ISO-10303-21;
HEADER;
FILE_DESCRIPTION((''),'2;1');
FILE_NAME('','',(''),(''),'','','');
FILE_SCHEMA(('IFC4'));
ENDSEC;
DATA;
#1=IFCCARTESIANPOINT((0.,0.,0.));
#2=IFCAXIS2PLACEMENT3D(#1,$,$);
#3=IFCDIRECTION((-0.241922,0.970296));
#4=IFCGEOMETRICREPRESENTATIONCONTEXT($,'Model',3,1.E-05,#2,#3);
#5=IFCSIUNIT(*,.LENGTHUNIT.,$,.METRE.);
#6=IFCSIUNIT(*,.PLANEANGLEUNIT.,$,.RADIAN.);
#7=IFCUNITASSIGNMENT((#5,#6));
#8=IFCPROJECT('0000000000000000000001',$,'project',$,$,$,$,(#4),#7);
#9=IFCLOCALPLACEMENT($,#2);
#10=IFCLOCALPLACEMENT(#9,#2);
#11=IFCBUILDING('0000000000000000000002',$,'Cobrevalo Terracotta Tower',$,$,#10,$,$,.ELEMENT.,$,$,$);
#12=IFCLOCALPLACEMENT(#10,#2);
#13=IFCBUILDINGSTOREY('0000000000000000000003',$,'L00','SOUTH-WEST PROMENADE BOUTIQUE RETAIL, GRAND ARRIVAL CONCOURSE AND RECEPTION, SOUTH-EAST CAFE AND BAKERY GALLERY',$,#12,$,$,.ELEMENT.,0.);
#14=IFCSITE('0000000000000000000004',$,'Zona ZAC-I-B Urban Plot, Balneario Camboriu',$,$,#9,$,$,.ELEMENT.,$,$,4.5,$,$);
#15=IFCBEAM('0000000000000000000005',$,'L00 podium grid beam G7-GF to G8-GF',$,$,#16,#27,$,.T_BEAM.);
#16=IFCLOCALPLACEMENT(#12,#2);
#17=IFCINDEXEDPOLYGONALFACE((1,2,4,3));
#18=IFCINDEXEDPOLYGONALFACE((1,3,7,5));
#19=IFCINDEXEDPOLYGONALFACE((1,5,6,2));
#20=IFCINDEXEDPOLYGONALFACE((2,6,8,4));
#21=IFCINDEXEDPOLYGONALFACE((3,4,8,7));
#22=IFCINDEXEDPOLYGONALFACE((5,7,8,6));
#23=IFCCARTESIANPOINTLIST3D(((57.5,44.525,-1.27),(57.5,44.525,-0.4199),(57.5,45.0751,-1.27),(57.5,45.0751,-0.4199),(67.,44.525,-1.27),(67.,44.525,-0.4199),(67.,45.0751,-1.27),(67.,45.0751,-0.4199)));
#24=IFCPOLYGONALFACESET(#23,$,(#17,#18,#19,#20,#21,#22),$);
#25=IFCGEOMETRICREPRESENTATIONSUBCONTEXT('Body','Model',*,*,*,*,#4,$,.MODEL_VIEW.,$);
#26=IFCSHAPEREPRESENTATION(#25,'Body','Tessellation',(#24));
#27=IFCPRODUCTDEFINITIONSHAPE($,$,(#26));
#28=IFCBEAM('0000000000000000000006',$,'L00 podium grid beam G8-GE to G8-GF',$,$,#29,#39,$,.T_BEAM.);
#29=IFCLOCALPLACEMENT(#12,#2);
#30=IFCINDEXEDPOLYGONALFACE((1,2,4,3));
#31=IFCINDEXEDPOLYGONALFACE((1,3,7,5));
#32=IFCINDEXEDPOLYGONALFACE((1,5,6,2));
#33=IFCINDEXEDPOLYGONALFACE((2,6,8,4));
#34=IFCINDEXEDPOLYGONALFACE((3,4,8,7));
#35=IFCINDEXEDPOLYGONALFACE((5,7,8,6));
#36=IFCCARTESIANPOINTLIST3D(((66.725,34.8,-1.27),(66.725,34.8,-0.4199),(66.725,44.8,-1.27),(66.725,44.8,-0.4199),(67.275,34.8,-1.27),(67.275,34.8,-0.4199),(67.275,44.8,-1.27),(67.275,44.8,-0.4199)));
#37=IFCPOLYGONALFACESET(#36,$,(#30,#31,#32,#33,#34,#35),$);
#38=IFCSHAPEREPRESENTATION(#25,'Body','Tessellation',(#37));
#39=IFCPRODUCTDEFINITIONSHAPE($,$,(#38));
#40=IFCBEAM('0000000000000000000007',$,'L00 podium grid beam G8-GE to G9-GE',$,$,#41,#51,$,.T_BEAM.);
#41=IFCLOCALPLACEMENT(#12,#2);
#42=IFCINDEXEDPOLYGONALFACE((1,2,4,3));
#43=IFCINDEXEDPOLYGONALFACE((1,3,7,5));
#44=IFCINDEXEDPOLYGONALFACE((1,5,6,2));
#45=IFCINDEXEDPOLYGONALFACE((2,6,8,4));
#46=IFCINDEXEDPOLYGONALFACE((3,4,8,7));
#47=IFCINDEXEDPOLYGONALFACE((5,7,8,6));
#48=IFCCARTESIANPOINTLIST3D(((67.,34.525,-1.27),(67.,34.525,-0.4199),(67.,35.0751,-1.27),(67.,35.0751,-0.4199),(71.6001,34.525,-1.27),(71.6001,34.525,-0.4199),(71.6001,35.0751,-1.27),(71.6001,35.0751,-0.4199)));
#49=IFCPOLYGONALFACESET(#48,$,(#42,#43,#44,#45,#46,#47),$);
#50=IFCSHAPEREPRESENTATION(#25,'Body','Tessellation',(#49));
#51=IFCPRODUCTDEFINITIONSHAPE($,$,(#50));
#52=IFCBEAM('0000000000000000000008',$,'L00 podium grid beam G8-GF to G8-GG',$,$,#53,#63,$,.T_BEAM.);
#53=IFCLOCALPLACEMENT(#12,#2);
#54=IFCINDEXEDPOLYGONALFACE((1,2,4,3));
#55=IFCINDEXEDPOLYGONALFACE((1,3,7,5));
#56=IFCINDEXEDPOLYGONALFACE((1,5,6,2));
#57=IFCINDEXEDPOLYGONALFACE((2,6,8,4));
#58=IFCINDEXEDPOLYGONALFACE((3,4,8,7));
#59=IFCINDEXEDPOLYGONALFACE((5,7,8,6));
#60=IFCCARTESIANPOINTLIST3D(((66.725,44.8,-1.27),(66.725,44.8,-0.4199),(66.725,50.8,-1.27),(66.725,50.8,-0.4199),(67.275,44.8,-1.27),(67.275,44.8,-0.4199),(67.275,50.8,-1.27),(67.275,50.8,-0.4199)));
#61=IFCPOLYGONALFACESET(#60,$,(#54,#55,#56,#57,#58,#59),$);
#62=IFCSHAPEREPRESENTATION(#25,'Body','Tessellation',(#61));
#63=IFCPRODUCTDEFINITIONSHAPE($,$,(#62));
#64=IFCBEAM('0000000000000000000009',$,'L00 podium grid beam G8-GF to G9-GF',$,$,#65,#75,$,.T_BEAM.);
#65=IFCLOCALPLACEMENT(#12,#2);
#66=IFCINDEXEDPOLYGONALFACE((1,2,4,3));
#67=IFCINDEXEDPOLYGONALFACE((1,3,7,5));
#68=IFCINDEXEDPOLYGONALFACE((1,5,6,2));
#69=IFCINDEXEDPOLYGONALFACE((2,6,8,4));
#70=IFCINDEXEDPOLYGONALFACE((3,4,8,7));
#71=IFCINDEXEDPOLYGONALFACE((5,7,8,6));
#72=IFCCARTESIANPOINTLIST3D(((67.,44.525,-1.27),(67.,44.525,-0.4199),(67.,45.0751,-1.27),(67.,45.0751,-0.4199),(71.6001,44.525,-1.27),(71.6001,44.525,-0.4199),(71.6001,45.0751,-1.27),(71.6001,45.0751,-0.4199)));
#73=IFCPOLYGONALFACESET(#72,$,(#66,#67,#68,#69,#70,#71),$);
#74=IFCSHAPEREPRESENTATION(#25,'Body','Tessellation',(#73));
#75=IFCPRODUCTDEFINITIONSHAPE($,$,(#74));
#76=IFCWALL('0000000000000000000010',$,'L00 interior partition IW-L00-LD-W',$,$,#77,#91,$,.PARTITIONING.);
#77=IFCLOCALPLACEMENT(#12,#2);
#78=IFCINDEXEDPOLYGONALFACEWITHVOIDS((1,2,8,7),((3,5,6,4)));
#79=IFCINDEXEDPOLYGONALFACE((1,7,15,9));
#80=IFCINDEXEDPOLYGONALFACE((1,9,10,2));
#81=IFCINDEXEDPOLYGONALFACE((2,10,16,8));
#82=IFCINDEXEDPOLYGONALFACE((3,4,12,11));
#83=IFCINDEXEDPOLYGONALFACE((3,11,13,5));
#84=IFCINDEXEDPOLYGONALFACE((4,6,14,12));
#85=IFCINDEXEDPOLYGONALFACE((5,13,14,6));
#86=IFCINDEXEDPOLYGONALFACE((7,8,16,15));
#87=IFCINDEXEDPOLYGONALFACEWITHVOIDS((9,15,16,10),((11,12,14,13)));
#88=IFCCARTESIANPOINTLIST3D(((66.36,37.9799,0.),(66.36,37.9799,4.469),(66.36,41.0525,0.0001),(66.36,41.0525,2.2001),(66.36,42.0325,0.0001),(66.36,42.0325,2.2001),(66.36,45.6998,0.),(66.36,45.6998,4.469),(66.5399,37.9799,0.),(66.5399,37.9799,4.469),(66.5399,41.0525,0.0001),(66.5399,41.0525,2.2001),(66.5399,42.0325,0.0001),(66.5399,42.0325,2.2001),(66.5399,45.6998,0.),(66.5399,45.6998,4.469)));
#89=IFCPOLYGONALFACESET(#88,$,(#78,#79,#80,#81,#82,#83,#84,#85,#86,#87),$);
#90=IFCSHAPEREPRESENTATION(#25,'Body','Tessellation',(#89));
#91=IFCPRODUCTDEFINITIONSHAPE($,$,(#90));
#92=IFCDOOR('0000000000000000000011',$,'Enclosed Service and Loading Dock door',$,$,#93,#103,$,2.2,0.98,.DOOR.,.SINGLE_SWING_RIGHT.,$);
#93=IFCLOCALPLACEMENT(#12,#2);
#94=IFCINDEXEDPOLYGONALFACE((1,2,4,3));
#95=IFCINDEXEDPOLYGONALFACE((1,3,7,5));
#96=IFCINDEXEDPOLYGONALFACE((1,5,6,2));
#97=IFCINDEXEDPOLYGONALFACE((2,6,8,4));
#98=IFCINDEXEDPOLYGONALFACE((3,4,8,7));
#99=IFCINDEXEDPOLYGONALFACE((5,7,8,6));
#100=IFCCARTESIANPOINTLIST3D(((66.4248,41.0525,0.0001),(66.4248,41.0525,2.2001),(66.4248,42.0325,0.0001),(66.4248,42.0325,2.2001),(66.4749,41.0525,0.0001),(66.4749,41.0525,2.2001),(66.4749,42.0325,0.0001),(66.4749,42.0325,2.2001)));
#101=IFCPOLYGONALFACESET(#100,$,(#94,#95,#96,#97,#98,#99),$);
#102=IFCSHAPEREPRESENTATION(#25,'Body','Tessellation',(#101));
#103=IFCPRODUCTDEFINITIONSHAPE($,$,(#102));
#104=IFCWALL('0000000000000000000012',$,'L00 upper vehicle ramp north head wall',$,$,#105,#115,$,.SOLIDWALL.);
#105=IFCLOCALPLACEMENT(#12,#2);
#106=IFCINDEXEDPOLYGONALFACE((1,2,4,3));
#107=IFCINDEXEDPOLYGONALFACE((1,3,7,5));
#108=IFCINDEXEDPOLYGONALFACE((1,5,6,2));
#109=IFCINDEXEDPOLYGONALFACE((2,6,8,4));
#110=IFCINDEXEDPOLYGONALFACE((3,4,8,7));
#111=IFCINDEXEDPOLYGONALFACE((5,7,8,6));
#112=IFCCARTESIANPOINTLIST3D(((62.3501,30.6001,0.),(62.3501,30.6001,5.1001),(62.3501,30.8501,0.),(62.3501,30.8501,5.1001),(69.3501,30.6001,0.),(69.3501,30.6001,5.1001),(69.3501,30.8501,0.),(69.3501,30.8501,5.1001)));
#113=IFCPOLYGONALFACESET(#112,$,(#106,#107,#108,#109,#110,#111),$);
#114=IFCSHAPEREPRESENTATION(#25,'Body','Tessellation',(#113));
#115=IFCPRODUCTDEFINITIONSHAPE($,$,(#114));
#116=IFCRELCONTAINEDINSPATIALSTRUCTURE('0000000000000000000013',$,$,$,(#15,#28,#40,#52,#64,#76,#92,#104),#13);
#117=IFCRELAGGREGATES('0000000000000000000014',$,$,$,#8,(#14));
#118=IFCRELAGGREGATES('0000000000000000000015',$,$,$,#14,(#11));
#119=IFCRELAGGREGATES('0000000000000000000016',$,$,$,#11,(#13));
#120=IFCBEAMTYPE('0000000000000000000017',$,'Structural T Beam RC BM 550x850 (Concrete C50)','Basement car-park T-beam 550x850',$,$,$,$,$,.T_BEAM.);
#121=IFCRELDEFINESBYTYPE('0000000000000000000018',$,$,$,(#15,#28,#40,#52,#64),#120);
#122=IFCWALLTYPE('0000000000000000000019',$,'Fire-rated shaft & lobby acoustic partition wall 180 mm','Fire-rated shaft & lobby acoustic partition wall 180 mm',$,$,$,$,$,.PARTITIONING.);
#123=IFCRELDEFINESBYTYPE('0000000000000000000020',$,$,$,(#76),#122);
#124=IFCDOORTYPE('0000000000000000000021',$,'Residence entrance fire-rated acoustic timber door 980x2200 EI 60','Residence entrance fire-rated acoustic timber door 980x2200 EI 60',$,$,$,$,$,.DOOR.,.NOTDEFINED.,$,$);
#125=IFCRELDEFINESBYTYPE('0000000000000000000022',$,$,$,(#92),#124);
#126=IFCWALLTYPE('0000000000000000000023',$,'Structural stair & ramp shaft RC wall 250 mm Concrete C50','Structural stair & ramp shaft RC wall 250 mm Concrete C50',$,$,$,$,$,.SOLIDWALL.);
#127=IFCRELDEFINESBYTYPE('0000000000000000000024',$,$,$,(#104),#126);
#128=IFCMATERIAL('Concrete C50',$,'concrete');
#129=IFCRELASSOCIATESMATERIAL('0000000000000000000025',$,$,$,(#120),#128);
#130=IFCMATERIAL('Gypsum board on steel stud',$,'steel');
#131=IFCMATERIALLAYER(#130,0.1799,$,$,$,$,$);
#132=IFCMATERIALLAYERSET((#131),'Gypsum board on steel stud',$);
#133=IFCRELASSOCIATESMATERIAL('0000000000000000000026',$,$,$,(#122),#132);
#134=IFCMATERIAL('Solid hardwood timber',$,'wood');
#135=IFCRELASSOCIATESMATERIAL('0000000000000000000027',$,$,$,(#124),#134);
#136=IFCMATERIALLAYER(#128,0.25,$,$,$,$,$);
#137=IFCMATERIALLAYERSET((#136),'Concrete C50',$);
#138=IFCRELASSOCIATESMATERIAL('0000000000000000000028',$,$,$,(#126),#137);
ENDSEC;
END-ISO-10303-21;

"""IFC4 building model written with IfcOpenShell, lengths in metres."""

from ifc_helpers import new_model, si_unit, direction, frame, frame_2d, origin, origin_2d, place, context, subcontext, project, spatial, rectangle, extrude, source, transform, mapped, material, layer, layer_set, material_profile, profile_set, type_object, element, fill, save


model = new_model("IFC4")

# Units and contexts
model_context = context("Model", 3, precision=1e-05, world=origin(), true_north=direction((-0.241922, 0.970296)))
body_context = subcontext(model_context, "Body", "Model", "MODEL_VIEW")
ifc_project = project(units=[si_unit("LENGTHUNIT", "METRE"), si_unit("PLANEANGLEUNIT", "RADIAN")], contexts=[model_context])

# Site, building, storey
site_placement = place(None, origin())
site = spatial("IfcSite", under=ifc_project, at=site_placement, Name="Zona ZAC-I-B Urban Plot, Balneario Camboriu", CompositionType="ELEMENT", RefElevation=4.5)
building_placement = place(site_placement, origin())
building = spatial("IfcBuilding", under=site, at=building_placement, Name="Cobrevalo Terracotta Tower", CompositionType="ELEMENT")
storey_placement = place(building_placement, origin())
storey = spatial("IfcBuildingStorey", under=building, at=storey_placement, Name="L00", Description="SOUTH-WEST PROMENADE BOUTIQUE RETAIL, GRAND ARRIVAL CONCOURSE AND RECEPTION, SOUTH-EAST CAFE AND BAKERY GALLERY", CompositionType="ELEMENT", Elevation=0.0)

# Shared definitions
ifc_material_1 = material(Name="Concrete C50", Category="concrete")

# Beams
ifc_material_profile_1 = material_profile(ifc_material_1, rectangle(XDim=0.55, YDim=0.8501, at=origin_2d()), Name="RC BM 550x850")
ifc_profile_set_1 = profile_set([ifc_material_profile_1], Name="Concrete C50")
beam_type_1 = type_object("IfcBeamType", Name="Structural T Beam RC BM 550x850 (Concrete C50)", Description="Basement car-park T-beam 550x850", PredefinedType="T_BEAM", material=ifc_profile_set_1)
beam_1_placement = place(storey_placement, frame((57.5, 44.8, -0.845), z_axis=(1.0, 0.0, 0.0), x_axis=(0.0, 1.0, 0.0)))
element("IfcBeam", 1, at=beam_1_placement, inside=storey, type_object=beam_type_1, Name="L00 podium grid beam G7-GF to G8-GF", PredefinedType="T_BEAM", context=body_context, shape_type="SweptSolid", body=[
    extrude(rectangle(XDim=0.55, YDim=0.8501, at=origin_2d()), origin(), (0.0, 0.0, 1.0), 9.5),
])
beam_2_placement = place(storey_placement, frame((67.0, 34.8, -0.845), z_axis=(0.0, 1.0, 0.0), x_axis=(-1.0, 0.0, 0.0)))
element("IfcBeam", 2, at=beam_2_placement, inside=storey, type_object=beam_type_1, Name="L00 podium grid beam G8-GE to G8-GF", PredefinedType="T_BEAM", context=body_context, shape_type="SweptSolid", body=[
    extrude(rectangle(XDim=0.55, YDim=0.8501, at=origin_2d()), origin(), (0.0, 0.0, 1.0), 10.0),
])
beam_3_placement = place(storey_placement, frame((67.0, 34.8, -0.845), z_axis=(1.0, 0.0, 0.0), x_axis=(0.0, 1.0, 0.0)))
element("IfcBeam", 3, at=beam_3_placement, inside=storey, type_object=beam_type_1, Name="L00 podium grid beam G8-GE to G9-GE", PredefinedType="T_BEAM", context=body_context, shape_type="SweptSolid", body=[
    extrude(rectangle(XDim=0.55, YDim=0.8501, at=origin_2d()), origin(), (0.0, 0.0, 1.0), 4.6001),
])
beam_4_placement = place(storey_placement, frame((67.0, 44.8, -0.845), z_axis=(0.0, 1.0, 0.0), x_axis=(-1.0, 0.0, 0.0)))
element("IfcBeam", 4, at=beam_4_placement, inside=storey, type_object=beam_type_1, Name="L00 podium grid beam G8-GF to G8-GG", PredefinedType="T_BEAM", context=body_context, shape_type="SweptSolid", body=[
    extrude(rectangle(XDim=0.55, YDim=0.8501, at=origin_2d()), origin(), (0.0, 0.0, 1.0), 6.0),
])
beam_5_placement = place(storey_placement, frame((67.0, 44.8, -0.845), z_axis=(1.0, 0.0, 0.0), x_axis=(0.0, 1.0, 0.0)))
element("IfcBeam", 5, at=beam_5_placement, inside=storey, type_object=beam_type_1, Name="L00 podium grid beam G8-GF to G9-GF", PredefinedType="T_BEAM", context=body_context, shape_type="SweptSolid", body=[
    extrude(rectangle(XDim=0.55, YDim=0.8501, at=origin_2d()), origin(), (0.0, 0.0, 1.0), 4.6001),
])

# Wall, opening, door
ifc_material_2 = material(Name="Gypsum board on steel stud", Category="steel")
ifc_layer_1 = layer(ifc_material_2, 0.1799)
ifc_layer_set_1 = layer_set([ifc_layer_1], Name="Gypsum board on steel stud")
wall_type_1 = type_object("IfcWallType", Name="Fire-rated shaft & lobby acoustic partition wall 180 mm", Description="Fire-rated shaft & lobby acoustic partition wall 180 mm", PredefinedType="PARTITIONING", material=ifc_layer_set_1)
wall_1_placement = place(storey_placement, frame((66.45, 37.98, 0.0), z_axis=(0.0, 0.0, 1.0), x_axis=(0.0, 1.0, 0.0)))
wall_1 = element("IfcWall", 6, at=wall_1_placement, inside=storey, type_object=wall_type_1, Name="L00 interior partition IW-L00-LD-W", PredefinedType="PARTITIONING", context=body_context, shape_type="SweptSolid", body=[
    extrude(rectangle(XDim=7.72, YDim=0.1799, at=frame_2d((3.8599, 0.0))), origin(), (0.0, 0.0, 1.0), 4.469),
])
opening_placement = place(wall_1_placement, frame((3.0725, 0.0, 0.0)))
opening = element("IfcOpeningElement", 7, at=opening_placement, cuts=wall_1, PredefinedType="OPENING", context=body_context, shape_type="SweptSolid", body=[
    extrude(rectangle(XDim=0.98, YDim=2.2, at=frame_2d((0.49, 1.1001))), frame((0.0, 0.1001, 0.0), z_axis=(0.0, -1.0, 0.0), x_axis=(1.0, 0.0, 0.0)), (0.0, 0.0, 1.0), 0.2),
])
ifc_material_3 = material(Name="Solid hardwood timber", Category="wood")
door_type = type_object("IfcDoorType", Name="Residence entrance fire-rated acoustic timber door 980x2200 EI 60", Description="Residence entrance fire-rated acoustic timber door 980x2200 EI 60", OperationType="NOTDEFINED", PredefinedType="DOOR", material=ifc_material_3)
shared_shape = source(origin(), body_context, "Body", "SweptSolid", [
    extrude(rectangle(XDim=0.98, YDim=2.2, at=frame_2d((0.49, 1.1001))), frame((0.0, 0.0249, 0.0), z_axis=(0.0, -1.0, 0.0), x_axis=(1.0, 0.0, 0.0)), (0.0, 0.0, 1.0), 0.05),
])
door_placement = place(opening_placement, frame((0.98, 0.0, 0.0), z_axis=(0.0, 0.0, 1.0), x_axis=(-1.0, 0.0, 0.0)))
door = element("IfcDoor", 8, at=door_placement, inside=storey, type_object=door_type, Name="Enclosed Service and Loading Dock door", OperationType="SINGLE_SWING_RIGHT", OverallHeight=2.2, OverallWidth=0.98, PredefinedType="DOOR", context=body_context, shape_type="MappedRepresentation", body=[
    mapped(shared_shape, transform((0.0, 0.0, 0.0), scale=1.0)),
])
fill(opening, door)

# Wall
ifc_layer_2 = layer(ifc_material_1, 0.25)
ifc_layer_set_2 = layer_set([ifc_layer_2], Name="Concrete C50")
wall_type_2 = type_object("IfcWallType", Name="Structural stair & ramp shaft RC wall 250 mm Concrete C50", Description="Structural stair & ramp shaft RC wall 250 mm Concrete C50", PredefinedType="SOLIDWALL", material=ifc_layer_set_2)
wall_2_placement = place(storey_placement, frame((62.3501, 30.7251, 0.0), z_axis=(0.0, 0.0, 1.0), x_axis=(1.0, 0.0, 0.0)))
element("IfcWall", 9, at=wall_2_placement, inside=storey, type_object=wall_type_2, Name="L00 upper vehicle ramp north head wall", PredefinedType="SOLIDWALL", context=body_context, shape_type="SweptSolid", body=[
    extrude(rectangle(XDim=7.0, YDim=0.25, at=frame_2d((3.5, 0.0))), origin(), (0.0, 0.0, 1.0), 5.1001),
])

save(model, "model.ifc")
